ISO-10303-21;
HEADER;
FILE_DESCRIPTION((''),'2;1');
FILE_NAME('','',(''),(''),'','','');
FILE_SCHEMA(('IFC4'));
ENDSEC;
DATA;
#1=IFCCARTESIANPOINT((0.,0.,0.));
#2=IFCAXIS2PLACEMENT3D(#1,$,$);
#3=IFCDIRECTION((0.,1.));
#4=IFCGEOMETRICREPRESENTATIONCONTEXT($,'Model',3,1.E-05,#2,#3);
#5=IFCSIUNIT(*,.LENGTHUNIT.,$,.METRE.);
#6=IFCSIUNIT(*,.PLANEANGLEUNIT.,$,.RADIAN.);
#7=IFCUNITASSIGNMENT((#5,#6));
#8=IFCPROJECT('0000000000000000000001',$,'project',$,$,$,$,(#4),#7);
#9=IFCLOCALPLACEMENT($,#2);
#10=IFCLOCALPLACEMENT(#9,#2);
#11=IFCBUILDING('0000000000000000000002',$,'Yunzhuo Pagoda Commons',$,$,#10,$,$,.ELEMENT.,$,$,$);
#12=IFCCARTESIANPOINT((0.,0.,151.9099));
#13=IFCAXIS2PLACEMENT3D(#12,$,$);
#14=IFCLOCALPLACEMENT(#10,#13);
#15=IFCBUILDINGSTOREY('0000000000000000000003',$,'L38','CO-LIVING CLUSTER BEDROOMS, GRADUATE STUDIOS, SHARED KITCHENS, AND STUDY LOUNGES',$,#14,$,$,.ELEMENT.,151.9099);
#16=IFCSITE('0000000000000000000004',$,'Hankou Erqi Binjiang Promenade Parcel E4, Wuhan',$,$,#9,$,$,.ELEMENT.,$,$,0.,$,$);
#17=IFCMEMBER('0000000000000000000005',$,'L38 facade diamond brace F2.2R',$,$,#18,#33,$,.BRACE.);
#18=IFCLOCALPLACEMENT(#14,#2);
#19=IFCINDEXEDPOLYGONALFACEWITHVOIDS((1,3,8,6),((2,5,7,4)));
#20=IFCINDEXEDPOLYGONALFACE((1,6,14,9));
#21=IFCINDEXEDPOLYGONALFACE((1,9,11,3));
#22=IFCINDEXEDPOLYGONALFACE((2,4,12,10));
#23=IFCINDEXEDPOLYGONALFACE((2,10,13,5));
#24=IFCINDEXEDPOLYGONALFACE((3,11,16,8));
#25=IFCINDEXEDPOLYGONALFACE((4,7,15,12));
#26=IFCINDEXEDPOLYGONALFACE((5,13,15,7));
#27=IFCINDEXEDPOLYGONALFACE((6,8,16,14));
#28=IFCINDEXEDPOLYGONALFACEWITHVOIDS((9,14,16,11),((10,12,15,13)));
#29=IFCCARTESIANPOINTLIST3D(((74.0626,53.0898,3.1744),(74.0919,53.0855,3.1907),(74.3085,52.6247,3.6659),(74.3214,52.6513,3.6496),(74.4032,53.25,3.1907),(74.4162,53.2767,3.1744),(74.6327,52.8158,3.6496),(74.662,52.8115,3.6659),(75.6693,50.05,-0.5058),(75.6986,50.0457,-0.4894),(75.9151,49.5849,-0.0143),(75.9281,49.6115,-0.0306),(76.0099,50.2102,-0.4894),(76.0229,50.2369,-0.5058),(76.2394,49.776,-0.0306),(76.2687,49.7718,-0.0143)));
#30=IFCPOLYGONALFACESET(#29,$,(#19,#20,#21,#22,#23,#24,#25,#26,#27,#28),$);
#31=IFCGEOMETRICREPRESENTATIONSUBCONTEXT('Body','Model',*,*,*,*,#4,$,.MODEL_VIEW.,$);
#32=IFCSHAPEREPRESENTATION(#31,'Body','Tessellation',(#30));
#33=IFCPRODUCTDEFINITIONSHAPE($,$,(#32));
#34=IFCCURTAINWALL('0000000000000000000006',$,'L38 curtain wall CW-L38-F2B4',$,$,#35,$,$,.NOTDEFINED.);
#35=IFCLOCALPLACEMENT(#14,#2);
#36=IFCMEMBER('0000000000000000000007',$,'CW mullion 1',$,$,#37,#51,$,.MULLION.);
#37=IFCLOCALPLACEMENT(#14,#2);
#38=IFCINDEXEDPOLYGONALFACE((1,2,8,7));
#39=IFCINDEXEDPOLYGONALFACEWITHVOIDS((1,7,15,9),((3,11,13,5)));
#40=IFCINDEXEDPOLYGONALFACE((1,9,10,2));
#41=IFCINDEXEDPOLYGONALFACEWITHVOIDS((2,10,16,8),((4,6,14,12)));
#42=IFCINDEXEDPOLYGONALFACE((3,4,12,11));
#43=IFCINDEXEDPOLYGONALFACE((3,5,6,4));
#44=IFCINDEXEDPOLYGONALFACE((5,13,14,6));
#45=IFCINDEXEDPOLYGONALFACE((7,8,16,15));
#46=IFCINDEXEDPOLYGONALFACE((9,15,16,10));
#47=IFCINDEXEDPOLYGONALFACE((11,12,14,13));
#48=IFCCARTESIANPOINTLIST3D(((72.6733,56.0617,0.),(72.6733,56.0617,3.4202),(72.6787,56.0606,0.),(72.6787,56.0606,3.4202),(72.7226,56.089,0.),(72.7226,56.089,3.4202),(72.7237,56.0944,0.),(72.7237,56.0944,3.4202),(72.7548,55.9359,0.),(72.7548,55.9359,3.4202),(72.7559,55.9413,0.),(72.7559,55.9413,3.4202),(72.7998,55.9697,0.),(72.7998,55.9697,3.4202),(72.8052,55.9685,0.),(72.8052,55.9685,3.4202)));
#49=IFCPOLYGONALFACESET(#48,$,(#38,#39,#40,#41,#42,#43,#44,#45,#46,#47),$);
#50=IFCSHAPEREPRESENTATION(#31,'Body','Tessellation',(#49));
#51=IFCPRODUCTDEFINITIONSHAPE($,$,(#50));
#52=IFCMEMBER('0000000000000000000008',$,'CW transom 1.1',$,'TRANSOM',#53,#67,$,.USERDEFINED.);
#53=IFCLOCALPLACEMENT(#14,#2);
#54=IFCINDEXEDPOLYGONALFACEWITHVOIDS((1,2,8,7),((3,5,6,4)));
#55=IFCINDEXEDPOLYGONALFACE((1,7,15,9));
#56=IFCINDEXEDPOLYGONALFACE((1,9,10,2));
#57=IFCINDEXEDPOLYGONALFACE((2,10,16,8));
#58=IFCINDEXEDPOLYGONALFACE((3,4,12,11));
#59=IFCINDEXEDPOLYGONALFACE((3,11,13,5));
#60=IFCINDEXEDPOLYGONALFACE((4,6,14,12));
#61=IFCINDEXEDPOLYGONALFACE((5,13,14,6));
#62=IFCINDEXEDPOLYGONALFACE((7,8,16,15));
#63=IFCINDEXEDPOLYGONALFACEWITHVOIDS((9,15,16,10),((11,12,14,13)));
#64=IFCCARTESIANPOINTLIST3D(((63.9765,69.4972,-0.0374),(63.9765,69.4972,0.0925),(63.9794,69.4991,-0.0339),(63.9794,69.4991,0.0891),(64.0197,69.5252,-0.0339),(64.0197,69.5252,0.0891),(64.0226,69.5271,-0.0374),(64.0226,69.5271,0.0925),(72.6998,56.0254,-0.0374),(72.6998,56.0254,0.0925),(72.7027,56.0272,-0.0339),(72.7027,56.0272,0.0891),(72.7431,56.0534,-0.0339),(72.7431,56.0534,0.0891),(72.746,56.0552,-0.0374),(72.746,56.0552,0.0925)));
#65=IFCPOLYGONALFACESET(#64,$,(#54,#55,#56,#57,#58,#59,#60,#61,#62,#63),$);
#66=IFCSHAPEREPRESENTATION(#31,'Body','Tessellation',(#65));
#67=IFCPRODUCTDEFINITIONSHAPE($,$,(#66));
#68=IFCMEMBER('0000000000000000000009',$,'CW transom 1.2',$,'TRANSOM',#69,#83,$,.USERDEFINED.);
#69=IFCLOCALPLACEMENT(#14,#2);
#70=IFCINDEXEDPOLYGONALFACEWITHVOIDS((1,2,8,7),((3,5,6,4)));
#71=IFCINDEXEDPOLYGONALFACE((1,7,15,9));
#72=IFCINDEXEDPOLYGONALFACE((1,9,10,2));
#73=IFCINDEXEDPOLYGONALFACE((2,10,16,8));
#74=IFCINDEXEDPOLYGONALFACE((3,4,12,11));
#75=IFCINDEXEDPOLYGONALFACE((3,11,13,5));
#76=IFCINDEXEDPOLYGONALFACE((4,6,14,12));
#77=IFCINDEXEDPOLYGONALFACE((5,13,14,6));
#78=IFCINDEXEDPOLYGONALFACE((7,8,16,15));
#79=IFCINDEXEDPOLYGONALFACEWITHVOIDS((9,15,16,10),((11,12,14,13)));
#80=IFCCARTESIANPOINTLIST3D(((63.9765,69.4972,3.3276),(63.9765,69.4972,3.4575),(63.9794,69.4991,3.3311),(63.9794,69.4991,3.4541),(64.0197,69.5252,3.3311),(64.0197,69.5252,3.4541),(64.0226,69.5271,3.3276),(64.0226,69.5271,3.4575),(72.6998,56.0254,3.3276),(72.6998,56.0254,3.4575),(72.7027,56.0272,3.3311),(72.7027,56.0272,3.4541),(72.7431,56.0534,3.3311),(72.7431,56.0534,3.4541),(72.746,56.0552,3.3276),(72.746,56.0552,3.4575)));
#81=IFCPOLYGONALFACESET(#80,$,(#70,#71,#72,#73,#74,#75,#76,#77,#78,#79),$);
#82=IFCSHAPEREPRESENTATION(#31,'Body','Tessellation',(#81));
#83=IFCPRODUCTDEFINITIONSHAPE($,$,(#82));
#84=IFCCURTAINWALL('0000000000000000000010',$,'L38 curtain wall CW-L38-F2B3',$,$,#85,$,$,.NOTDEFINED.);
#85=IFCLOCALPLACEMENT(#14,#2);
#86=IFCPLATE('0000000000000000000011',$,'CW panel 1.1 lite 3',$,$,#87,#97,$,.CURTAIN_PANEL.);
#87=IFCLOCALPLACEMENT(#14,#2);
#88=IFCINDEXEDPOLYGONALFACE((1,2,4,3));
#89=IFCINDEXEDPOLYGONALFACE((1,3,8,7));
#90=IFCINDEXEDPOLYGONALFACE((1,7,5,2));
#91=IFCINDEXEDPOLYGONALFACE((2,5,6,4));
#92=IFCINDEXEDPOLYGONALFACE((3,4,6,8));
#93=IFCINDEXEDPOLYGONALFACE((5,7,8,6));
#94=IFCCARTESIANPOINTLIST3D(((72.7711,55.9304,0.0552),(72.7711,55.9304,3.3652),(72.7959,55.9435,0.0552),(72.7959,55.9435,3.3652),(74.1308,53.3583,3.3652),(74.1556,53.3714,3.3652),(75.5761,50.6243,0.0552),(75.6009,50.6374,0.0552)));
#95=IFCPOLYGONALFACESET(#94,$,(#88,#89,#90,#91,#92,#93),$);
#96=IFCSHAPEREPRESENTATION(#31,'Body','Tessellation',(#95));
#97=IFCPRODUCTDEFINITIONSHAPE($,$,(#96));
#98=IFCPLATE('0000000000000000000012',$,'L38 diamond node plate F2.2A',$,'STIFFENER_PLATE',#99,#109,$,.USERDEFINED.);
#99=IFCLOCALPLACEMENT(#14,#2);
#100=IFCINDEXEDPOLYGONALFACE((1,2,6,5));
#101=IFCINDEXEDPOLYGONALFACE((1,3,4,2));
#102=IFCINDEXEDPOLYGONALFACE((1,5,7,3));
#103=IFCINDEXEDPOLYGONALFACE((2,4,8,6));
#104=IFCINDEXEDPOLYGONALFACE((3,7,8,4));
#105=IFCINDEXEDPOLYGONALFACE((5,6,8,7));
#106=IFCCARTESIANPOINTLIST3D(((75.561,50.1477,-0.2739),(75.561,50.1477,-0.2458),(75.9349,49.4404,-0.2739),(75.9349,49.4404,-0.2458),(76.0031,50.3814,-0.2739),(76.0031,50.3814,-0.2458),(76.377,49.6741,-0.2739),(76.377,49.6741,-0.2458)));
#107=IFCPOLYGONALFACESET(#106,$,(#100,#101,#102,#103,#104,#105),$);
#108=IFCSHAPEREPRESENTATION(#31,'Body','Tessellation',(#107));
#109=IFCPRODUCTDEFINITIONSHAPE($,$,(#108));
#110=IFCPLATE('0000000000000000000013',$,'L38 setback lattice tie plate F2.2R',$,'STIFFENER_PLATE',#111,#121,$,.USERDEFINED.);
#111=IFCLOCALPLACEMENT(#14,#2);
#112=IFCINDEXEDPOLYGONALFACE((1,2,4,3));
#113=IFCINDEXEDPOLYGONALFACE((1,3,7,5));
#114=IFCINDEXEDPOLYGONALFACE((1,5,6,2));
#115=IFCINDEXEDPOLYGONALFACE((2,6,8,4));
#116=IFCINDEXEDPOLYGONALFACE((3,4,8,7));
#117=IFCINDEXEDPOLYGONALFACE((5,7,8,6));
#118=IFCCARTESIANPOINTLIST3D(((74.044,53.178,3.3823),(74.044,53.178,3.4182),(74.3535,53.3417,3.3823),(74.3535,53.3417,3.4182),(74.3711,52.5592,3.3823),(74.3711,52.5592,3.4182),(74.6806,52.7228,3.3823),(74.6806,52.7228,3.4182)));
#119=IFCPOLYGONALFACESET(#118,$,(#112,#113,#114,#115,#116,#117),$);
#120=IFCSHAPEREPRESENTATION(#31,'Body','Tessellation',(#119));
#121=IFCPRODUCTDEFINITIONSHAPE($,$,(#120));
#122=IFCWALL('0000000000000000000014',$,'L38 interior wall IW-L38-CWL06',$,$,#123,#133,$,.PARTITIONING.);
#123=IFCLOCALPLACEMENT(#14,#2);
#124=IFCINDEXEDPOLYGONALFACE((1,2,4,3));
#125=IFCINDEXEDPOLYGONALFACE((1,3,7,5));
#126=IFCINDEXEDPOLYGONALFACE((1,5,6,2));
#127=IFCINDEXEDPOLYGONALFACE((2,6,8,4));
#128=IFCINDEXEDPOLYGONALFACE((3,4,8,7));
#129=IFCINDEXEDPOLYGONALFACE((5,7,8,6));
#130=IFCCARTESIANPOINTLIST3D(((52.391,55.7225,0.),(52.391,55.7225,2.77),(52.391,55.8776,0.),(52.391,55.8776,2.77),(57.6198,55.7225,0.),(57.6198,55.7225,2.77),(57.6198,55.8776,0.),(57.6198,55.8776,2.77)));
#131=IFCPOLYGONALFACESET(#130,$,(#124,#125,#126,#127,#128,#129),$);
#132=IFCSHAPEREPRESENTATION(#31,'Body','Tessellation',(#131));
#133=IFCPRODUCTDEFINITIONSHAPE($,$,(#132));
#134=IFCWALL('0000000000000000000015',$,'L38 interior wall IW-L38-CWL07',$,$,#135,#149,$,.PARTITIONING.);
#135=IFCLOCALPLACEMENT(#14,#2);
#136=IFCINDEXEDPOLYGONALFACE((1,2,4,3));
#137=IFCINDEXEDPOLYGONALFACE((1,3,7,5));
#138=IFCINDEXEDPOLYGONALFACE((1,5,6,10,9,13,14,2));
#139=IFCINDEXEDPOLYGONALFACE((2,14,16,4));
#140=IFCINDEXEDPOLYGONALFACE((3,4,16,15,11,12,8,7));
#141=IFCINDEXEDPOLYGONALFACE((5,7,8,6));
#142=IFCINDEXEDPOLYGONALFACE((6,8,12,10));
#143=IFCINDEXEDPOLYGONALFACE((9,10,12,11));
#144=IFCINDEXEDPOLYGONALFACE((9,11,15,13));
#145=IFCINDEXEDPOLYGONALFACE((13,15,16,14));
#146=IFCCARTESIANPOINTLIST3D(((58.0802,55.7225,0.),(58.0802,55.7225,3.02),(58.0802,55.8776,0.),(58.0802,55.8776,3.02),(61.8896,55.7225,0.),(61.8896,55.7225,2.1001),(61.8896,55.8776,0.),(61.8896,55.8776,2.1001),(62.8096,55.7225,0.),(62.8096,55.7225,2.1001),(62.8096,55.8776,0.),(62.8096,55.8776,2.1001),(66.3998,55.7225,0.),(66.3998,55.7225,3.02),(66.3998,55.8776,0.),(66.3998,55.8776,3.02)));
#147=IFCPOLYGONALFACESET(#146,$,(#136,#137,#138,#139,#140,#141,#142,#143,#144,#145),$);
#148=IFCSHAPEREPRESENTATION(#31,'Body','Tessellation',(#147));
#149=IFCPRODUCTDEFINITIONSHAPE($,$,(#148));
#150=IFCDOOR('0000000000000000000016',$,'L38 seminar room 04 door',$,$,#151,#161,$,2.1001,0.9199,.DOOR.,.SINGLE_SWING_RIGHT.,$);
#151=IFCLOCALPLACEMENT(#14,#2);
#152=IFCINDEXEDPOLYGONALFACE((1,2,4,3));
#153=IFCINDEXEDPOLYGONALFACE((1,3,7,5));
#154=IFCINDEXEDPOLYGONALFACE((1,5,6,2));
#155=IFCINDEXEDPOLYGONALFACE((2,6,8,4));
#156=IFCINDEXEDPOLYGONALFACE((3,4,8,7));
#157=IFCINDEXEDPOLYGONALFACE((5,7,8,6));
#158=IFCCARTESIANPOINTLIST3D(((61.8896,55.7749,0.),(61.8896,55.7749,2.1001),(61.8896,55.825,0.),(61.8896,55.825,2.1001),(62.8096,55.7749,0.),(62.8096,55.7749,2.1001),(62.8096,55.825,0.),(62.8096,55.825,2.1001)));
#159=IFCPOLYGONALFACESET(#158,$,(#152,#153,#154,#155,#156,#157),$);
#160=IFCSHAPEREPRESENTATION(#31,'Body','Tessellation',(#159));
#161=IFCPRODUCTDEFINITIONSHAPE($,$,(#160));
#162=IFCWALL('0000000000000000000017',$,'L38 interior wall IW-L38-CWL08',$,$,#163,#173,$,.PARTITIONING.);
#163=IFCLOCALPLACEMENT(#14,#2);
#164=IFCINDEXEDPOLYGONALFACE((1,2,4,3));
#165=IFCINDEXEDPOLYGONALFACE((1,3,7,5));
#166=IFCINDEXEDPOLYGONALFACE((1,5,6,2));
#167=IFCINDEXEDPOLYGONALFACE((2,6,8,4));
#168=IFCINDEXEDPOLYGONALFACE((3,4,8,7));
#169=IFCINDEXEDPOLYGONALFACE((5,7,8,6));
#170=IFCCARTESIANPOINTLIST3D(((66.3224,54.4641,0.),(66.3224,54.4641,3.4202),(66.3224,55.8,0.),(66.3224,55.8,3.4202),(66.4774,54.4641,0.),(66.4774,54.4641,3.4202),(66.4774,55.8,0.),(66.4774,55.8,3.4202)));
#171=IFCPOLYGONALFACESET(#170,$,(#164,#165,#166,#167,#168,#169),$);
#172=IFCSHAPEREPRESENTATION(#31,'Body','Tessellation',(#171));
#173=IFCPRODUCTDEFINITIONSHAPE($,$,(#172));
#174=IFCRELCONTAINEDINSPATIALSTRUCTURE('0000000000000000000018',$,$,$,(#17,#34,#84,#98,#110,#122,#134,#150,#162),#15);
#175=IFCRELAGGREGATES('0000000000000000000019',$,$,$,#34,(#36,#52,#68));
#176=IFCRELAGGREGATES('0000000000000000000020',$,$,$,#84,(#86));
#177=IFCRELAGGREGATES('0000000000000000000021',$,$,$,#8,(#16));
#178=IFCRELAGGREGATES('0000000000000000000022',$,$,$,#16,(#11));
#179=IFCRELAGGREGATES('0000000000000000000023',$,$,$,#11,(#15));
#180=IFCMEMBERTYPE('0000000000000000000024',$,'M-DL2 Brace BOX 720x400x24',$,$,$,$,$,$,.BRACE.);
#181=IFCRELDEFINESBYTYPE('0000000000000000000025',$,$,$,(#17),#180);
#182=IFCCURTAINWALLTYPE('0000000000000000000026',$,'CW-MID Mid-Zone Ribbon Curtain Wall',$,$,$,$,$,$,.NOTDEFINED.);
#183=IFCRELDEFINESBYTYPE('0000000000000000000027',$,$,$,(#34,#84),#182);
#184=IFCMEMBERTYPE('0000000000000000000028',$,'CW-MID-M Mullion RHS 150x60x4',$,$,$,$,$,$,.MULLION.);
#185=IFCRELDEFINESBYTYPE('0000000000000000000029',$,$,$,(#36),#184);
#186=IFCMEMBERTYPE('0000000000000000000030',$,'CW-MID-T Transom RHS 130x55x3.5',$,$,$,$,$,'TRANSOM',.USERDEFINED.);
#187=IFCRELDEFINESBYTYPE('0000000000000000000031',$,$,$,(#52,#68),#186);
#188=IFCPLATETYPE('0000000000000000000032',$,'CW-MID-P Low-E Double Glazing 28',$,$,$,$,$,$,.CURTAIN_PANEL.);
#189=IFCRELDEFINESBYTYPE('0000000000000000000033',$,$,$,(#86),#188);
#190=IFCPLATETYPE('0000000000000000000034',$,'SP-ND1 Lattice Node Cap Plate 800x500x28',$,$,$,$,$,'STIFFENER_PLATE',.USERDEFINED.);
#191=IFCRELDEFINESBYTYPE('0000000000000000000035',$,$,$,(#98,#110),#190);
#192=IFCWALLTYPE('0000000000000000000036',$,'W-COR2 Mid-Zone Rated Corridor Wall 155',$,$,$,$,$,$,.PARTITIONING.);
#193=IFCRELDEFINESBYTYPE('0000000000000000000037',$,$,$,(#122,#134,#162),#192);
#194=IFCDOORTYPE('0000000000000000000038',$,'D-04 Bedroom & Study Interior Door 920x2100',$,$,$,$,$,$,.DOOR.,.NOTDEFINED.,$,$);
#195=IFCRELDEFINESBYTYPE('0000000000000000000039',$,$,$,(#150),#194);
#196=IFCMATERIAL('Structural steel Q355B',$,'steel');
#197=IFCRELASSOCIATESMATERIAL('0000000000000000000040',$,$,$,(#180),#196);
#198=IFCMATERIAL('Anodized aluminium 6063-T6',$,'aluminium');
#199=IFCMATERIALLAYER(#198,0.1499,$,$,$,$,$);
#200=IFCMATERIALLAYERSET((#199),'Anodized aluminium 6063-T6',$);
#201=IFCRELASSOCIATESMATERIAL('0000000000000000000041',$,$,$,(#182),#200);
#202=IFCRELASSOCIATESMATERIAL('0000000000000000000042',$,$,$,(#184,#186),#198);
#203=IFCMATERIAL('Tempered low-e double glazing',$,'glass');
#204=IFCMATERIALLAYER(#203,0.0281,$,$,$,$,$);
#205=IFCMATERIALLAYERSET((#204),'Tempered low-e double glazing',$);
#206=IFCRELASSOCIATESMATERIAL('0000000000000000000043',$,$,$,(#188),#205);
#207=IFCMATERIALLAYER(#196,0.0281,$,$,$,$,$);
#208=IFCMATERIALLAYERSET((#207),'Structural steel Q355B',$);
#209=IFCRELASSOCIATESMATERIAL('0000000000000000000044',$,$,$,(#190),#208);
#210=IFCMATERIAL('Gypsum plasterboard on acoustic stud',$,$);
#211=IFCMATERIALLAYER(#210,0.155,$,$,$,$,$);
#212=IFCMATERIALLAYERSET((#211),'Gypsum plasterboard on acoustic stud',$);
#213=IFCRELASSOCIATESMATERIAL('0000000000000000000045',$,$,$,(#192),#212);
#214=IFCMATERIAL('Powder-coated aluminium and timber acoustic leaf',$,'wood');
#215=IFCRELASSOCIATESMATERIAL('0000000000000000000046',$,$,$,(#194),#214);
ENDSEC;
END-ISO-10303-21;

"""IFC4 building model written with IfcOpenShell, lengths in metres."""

from ifc_helpers import new_model, si_unit, direction, frame, frame_2d, origin, origin_with_axes, origin_2d, place, context, subcontext, project, spatial, polyline, rectangle, hollow_rectangle, outline, extrude, source, transform, mapped, material, layer, layer_set, material_profile, profile_set, type_object, element, fill, aggregate, save


model = new_model("IFC4")

# Units and contexts
model_context = context("Model", 3, precision=1e-05, world=origin(), true_north=direction((0.0, 1.0)))
body_context = subcontext(model_context, "Body", "Model", "MODEL_VIEW")
ifc_project = project(units=[si_unit("LENGTHUNIT", "METRE"), si_unit("PLANEANGLEUNIT", "RADIAN")], contexts=[model_context])

# Site, building, storey
site_placement = place(None, origin())
site = spatial("IfcSite", under=ifc_project, at=site_placement, Name="Hankou Erqi Binjiang Promenade Parcel E4, Wuhan", CompositionType="ELEMENT", RefElevation=0.0)
building_placement = place(site_placement, origin())
building = spatial("IfcBuilding", under=site, at=building_placement, Name="Yunzhuo Pagoda Commons", CompositionType="ELEMENT")
storey_placement = place(building_placement, frame((0.0, 0.0, 151.9099)))
storey = spatial("IfcBuildingStorey", under=building, at=storey_placement, Name="L38", Description="CO-LIVING CLUSTER BEDROOMS, GRADUATE STUDIOS, SHARED KITCHENS, AND STUDY LOUNGES", CompositionType="ELEMENT", Elevation=151.9099)

# Shared definitions
ifc_material_1 = material(Name="Structural steel Q355B", Category="steel")

# Member
ifc_material_profile_1 = material_profile(ifc_material_1, hollow_rectangle(XDim=0.3999, YDim=0.72, WallThickness=0.0239, at=origin_2d()), Name="Structural steel Q355B")
ifc_profile_set_1 = profile_set([ifc_material_profile_1], Name="Structural steel Q355B")
member_type_1 = type_object("IfcMemberType", Name="M-DL2 Brace BOX 720x400x24", PredefinedType="BRACE", material=ifc_profile_set_1)
shared_shape_1 = source(origin(), body_context, "Body", "SweptSolid", [
    extrude(hollow_rectangle(XDim=0.3999, YDim=0.72, WallThickness=0.0239, at=origin_2d()), origin(), (0.0, 0.0, 1.0), 5.0364),
])
member_1_placement = place(storey_placement, frame((75.969, 49.9109, -0.26), z_axis=(-0.319014, 0.603563, 0.730713), x_axis=(-0.884102, -0.467294, 0.0)))
element("IfcMember", 1, at=member_1_placement, inside=storey, type_object=member_type_1, Name="L38 facade diamond brace F2.2R", PredefinedType="BRACE", context=body_context, shape_type="MappedRepresentation", body=[
    mapped(shared_shape_1, transform((0.0, 0.0, 0.0), scale=1.0)),
])

# Curtain wall, members
ifc_material_2 = material(Name="Anodized aluminium 6063-T6", Category="aluminium")
ifc_layer_1 = layer(ifc_material_2, 0.1499)
ifc_layer_set_1 = layer_set([ifc_layer_1], Name="Anodized aluminium 6063-T6")
curtain_wall_type = type_object("IfcCurtainWallType", Name="CW-MID Mid-Zone Ribbon Curtain Wall", PredefinedType="NOTDEFINED", material=ifc_layer_set_1)
curtain_wall_1_placement = place(storey_placement, origin())
curtain_wall_1 = element("IfcCurtainWall", 2, at=curtain_wall_1_placement, inside=storey, type_object=curtain_wall_type, Name="L38 curtain wall CW-L38-F2B4", PredefinedType="NOTDEFINED")
ifc_material_profile_2 = material_profile(ifc_material_2, hollow_rectangle(XDim=0.0601, YDim=0.1499, WallThickness=0.0039, at=origin_2d()), Name="Anodized aluminium 6063-T6")
ifc_profile_set_2 = profile_set([ifc_material_profile_2], Name="Anodized aluminium 6063-T6")
member_type_2 = type_object("IfcMemberType", Name="CW-MID-M Mullion RHS 150x60x4", PredefinedType="MULLION", material=ifc_profile_set_2)
shared_shape_2 = source(origin(), body_context, "Body", "SweptSolid", [
    extrude(hollow_rectangle(XDim=0.0601, YDim=0.1499, WallThickness=0.0039, at=origin_2d()), origin(), (0.0, 0.0, 1.0), 3.4202),
])
member_2_placement = place(storey_placement, frame((72.7393, 56.0151, 0.0), z_axis=(0.0, 0.0, 1.0), x_axis=(-0.839393, -0.543526, 0.0)))
member_2 = element("IfcMember", 3, at=member_2_placement, type_object=member_type_2, Name="CW mullion 1", PredefinedType="MULLION", context=body_context, shape_type="MappedRepresentation", body=[
    mapped(shared_shape_2, transform((0.0, 0.0, 0.0), scale=1.0)),
])
ifc_material_profile_3 = material_profile(ifc_material_2, hollow_rectangle(XDim=0.0549, YDim=0.1299, WallThickness=0.0034, at=origin_2d()), Name="Anodized aluminium 6063-T6")
ifc_profile_set_3 = profile_set([ifc_material_profile_3], Name="Anodized aluminium 6063-T6")
member_type_3 = type_object("IfcMemberType", Name="CW-MID-T Transom RHS 130x55x3.5", ElementType="TRANSOM", PredefinedType="USERDEFINED", material=ifc_profile_set_3)
shared_shape_3 = source(origin(), body_context, "Body", "SweptSolid", [
    extrude(hollow_rectangle(XDim=0.0549, YDim=0.1299, WallThickness=0.0034, at=origin_2d()), origin(), (0.0, 0.0, 1.0), 16.0496),
])
member_3_placement = place(storey_placement, frame((72.7229, 56.0403, 0.0276), z_axis=(-0.543526, 0.839392, 0.0), x_axis=(-0.839392, -0.543526, 0.0)))
member_3 = element("IfcMember", 4, at=member_3_placement, type_object=member_type_3, Name="CW transom 1.1", ObjectType="TRANSOM", PredefinedType="USERDEFINED", context=body_context, shape_type="MappedRepresentation", body=[
    mapped(shared_shape_3, transform((0.0, 0.0, 0.0), scale=1.0)),
])
member_4_placement = place(storey_placement, frame((72.7229, 56.0403, 3.3926), z_axis=(-0.543526, 0.839392, 0.0), x_axis=(-0.839392, -0.543526, 0.0)))
member_4 = element("IfcMember", 5, at=member_4_placement, type_object=member_type_3, Name="CW transom 1.2", ObjectType="TRANSOM", PredefinedType="USERDEFINED", context=body_context, shape_type="MappedRepresentation", body=[
    mapped(shared_shape_3, transform((0.0, 0.0, 0.0), scale=1.0)),
])
aggregate(curtain_wall_1, [member_2, member_3, member_4])

# Curtain wall, plate
curtain_wall_2_placement = place(storey_placement, origin())
curtain_wall_2 = element("IfcCurtainWall", 6, at=curtain_wall_2_placement, inside=storey, type_object=curtain_wall_type, Name="L38 curtain wall CW-L38-F2B3", PredefinedType="NOTDEFINED")
ifc_material_3 = material(Name="Tempered low-e double glazing", Category="glass")
ifc_layer_2 = layer(ifc_material_3, 0.0281)
ifc_layer_set_2 = layer_set([ifc_layer_2], Name="Tempered low-e double glazing")
plate_type_1 = type_object("IfcPlateType", Name="CW-MID-P Low-E Double Glazing 28", PredefinedType="CURTAIN_PANEL", material=ifc_layer_set_2)
plate_1_placement = place(storey_placement, frame((74.1736, 53.2773, 1.7102), z_axis=(0.884069, 0.467357, 0.0), x_axis=(-0.467357, 0.884069, 0.0)))
plate_1 = element("IfcPlate", 7, at=plate_1_placement, type_object=plate_type_1, Name="CW panel 1.1 lite 3", PredefinedType="CURTAIN_PANEL", context=body_context, shape_type="SweptSolid", body=[
    extrude(outline(polyline([(-3.001, -1.655), (3.001, -1.655), (3.001, 1.655), (0.0916, 1.655), (-3.001, -1.655)])), origin(), (0.0, 0.0, 1.0), 0.0281),
])
aggregate(curtain_wall_2, [plate_1])

# Plates
ifc_layer_3 = layer(ifc_material_1, 0.0281)
ifc_layer_set_3 = layer_set([ifc_layer_3], Name="Structural steel Q355B")
plate_type_2 = type_object("IfcPlateType", Name="SP-ND1 Lattice Node Cap Plate 800x500x28", ElementType="STIFFENER_PLATE", PredefinedType="USERDEFINED", material=ifc_layer_set_3)
shared_shape_4 = source(origin(), body_context, "Body", "SweptSolid", [
    extrude(rectangle(XDim=0.8, YDim=0.5, at=origin_2d()), origin(), (0.0, 0.0, 1.0), 0.0281),
])
plate_2_placement = place(storey_placement, frame((75.969, 49.9109, -0.2739), z_axis=(0.0, 0.0, 1.0), x_axis=(-0.467359, 0.884068, 0.0)))
element("IfcPlate", 8, at=plate_2_placement, inside=storey, type_object=plate_type_2, Name="L38 diamond node plate F2.2A", ObjectType="STIFFENER_PLATE", PredefinedType="USERDEFINED", context=body_context, shape_type="MappedRepresentation", body=[
    mapped(shared_shape_4, transform((0.0, 0.0, 0.0), scale=1.0)),
])
shared_shape_5 = source(origin(), body_context, "Body", "SweptSolid", [
    extrude(rectangle(XDim=0.7, YDim=0.3501, at=origin_2d()), origin(), (0.0, 0.0, 1.0), 0.0359),
])
plate_3_placement = place(storey_placement, frame((74.3623, 52.9504, 3.3823), z_axis=(0.0, 0.0, 1.0), x_axis=(-0.467359, 0.884068, 0.0)))
element("IfcPlate", 9, at=plate_3_placement, inside=storey, type_object=plate_type_2, Name="L38 setback lattice tie plate F2.2R", ObjectType="STIFFENER_PLATE", PredefinedType="USERDEFINED", context=body_context, shape_type="MappedRepresentation", body=[
    mapped(shared_shape_5, transform((0.0, 0.0, 0.0), scale=1.0)),
])

# Wall
ifc_material_4 = material(Name="Gypsum plasterboard on acoustic stud")
ifc_layer_4 = layer(ifc_material_4, 0.155)
ifc_layer_set_4 = layer_set([ifc_layer_4], Name="Gypsum plasterboard on acoustic stud")
wall_type_1 = type_object("IfcWallType", Name="W-COR2 Mid-Zone Rated Corridor Wall 155", PredefinedType="PARTITIONING", material=ifc_layer_set_4)
wall_1_placement = place(storey_placement, frame((52.3911, 55.8, 0.0), z_axis=(0.0, 0.0, 1.0), x_axis=(1.0, 0.0, 0.0)))
element("IfcWall", 10, at=wall_1_placement, inside=storey, type_object=wall_type_1, Name="L38 interior wall IW-L38-CWL06", PredefinedType="PARTITIONING", context=body_context, shape_type="SweptSolid", body=[
    extrude(rectangle(XDim=5.2288, YDim=0.155, at=frame_2d((2.6143, 0.0))), origin(), (0.0, 0.0, 1.0), 2.77),
])

# Wall, opening, door
wall_2_placement = place(storey_placement, frame((58.0803, 55.8, 0.0), z_axis=(0.0, 0.0, 1.0), x_axis=(1.0, 0.0, 0.0)))
wall_2 = element("IfcWall", 11, at=wall_2_placement, inside=storey, type_object=wall_type_1, Name="L38 interior wall IW-L38-CWL07", PredefinedType="PARTITIONING", context=body_context, shape_type="SweptSolid", body=[
    extrude(rectangle(XDim=8.3196, YDim=0.155, at=frame_2d((4.1597, 0.0))), origin(), (0.0, 0.0, 1.0), 3.02),
])
opening_1_placement = place(wall_2_placement, frame((3.8093, 0.0, 0.0)))
opening_1 = element("IfcOpeningElement", 12, at=opening_1_placement, cuts=wall_2, PredefinedType="OPENING", context=body_context, shape_type="SweptSolid", body=[
    extrude(rectangle(XDim=0.9199, YDim=2.1001, at=frame_2d((0.46, 1.05))), frame((0.0, 0.0874, 0.0), z_axis=(0.0, -1.0, 0.0), x_axis=(1.0, 0.0, 0.0)), (0.0, 0.0, 1.0), 0.175),
])
ifc_material_5 = material(Name="Powder-coated aluminium and timber acoustic leaf", Category="wood")
door_type = type_object("IfcDoorType", Name="D-04 Bedroom & Study Interior Door 920x2100", OperationType="NOTDEFINED", PredefinedType="DOOR", material=ifc_material_5)
shared_shape_6 = source(origin(), body_context, "Body", "SweptSolid", [
    extrude(rectangle(XDim=0.9199, YDim=2.1001, at=frame_2d((0.46, 1.05))), frame((0.0, 0.0249, 0.0), z_axis=(0.0, -1.0, 0.0), x_axis=(1.0, 0.0, 0.0)), (0.0, 0.0, 1.0), 0.05),
])
door_1_placement = place(opening_1_placement, origin_with_axes())
door_1 = element("IfcDoor", 13, at=door_1_placement, inside=storey, type_object=door_type, Name="L38 seminar room 04 door", OperationType="SINGLE_SWING_RIGHT", OverallHeight=2.1001, OverallWidth=0.9199, PredefinedType="DOOR", context=body_context, shape_type="MappedRepresentation", body=[
    mapped(shared_shape_6, transform((0.0, 0.0, 0.0), scale=1.0)),
])
fill(opening_1, door_1)

# Wall
wall_3_placement = place(storey_placement, frame((66.3999, 55.8, 0.0), z_axis=(0.0, 0.0, 1.0), x_axis=(0.0, -1.0, 0.0)))
element("IfcWall", 14, at=wall_3_placement, inside=storey, type_object=wall_type_1, Name="L38 interior wall IW-L38-CWL08", PredefinedType="PARTITIONING", context=body_context, shape_type="SweptSolid", body=[
    extrude(rectangle(XDim=1.3359, YDim=0.155, at=frame_2d((0.668, 0.0))), origin(), (0.0, 0.0, 1.0), 3.4202),
])

save(model, "model.ifc")
